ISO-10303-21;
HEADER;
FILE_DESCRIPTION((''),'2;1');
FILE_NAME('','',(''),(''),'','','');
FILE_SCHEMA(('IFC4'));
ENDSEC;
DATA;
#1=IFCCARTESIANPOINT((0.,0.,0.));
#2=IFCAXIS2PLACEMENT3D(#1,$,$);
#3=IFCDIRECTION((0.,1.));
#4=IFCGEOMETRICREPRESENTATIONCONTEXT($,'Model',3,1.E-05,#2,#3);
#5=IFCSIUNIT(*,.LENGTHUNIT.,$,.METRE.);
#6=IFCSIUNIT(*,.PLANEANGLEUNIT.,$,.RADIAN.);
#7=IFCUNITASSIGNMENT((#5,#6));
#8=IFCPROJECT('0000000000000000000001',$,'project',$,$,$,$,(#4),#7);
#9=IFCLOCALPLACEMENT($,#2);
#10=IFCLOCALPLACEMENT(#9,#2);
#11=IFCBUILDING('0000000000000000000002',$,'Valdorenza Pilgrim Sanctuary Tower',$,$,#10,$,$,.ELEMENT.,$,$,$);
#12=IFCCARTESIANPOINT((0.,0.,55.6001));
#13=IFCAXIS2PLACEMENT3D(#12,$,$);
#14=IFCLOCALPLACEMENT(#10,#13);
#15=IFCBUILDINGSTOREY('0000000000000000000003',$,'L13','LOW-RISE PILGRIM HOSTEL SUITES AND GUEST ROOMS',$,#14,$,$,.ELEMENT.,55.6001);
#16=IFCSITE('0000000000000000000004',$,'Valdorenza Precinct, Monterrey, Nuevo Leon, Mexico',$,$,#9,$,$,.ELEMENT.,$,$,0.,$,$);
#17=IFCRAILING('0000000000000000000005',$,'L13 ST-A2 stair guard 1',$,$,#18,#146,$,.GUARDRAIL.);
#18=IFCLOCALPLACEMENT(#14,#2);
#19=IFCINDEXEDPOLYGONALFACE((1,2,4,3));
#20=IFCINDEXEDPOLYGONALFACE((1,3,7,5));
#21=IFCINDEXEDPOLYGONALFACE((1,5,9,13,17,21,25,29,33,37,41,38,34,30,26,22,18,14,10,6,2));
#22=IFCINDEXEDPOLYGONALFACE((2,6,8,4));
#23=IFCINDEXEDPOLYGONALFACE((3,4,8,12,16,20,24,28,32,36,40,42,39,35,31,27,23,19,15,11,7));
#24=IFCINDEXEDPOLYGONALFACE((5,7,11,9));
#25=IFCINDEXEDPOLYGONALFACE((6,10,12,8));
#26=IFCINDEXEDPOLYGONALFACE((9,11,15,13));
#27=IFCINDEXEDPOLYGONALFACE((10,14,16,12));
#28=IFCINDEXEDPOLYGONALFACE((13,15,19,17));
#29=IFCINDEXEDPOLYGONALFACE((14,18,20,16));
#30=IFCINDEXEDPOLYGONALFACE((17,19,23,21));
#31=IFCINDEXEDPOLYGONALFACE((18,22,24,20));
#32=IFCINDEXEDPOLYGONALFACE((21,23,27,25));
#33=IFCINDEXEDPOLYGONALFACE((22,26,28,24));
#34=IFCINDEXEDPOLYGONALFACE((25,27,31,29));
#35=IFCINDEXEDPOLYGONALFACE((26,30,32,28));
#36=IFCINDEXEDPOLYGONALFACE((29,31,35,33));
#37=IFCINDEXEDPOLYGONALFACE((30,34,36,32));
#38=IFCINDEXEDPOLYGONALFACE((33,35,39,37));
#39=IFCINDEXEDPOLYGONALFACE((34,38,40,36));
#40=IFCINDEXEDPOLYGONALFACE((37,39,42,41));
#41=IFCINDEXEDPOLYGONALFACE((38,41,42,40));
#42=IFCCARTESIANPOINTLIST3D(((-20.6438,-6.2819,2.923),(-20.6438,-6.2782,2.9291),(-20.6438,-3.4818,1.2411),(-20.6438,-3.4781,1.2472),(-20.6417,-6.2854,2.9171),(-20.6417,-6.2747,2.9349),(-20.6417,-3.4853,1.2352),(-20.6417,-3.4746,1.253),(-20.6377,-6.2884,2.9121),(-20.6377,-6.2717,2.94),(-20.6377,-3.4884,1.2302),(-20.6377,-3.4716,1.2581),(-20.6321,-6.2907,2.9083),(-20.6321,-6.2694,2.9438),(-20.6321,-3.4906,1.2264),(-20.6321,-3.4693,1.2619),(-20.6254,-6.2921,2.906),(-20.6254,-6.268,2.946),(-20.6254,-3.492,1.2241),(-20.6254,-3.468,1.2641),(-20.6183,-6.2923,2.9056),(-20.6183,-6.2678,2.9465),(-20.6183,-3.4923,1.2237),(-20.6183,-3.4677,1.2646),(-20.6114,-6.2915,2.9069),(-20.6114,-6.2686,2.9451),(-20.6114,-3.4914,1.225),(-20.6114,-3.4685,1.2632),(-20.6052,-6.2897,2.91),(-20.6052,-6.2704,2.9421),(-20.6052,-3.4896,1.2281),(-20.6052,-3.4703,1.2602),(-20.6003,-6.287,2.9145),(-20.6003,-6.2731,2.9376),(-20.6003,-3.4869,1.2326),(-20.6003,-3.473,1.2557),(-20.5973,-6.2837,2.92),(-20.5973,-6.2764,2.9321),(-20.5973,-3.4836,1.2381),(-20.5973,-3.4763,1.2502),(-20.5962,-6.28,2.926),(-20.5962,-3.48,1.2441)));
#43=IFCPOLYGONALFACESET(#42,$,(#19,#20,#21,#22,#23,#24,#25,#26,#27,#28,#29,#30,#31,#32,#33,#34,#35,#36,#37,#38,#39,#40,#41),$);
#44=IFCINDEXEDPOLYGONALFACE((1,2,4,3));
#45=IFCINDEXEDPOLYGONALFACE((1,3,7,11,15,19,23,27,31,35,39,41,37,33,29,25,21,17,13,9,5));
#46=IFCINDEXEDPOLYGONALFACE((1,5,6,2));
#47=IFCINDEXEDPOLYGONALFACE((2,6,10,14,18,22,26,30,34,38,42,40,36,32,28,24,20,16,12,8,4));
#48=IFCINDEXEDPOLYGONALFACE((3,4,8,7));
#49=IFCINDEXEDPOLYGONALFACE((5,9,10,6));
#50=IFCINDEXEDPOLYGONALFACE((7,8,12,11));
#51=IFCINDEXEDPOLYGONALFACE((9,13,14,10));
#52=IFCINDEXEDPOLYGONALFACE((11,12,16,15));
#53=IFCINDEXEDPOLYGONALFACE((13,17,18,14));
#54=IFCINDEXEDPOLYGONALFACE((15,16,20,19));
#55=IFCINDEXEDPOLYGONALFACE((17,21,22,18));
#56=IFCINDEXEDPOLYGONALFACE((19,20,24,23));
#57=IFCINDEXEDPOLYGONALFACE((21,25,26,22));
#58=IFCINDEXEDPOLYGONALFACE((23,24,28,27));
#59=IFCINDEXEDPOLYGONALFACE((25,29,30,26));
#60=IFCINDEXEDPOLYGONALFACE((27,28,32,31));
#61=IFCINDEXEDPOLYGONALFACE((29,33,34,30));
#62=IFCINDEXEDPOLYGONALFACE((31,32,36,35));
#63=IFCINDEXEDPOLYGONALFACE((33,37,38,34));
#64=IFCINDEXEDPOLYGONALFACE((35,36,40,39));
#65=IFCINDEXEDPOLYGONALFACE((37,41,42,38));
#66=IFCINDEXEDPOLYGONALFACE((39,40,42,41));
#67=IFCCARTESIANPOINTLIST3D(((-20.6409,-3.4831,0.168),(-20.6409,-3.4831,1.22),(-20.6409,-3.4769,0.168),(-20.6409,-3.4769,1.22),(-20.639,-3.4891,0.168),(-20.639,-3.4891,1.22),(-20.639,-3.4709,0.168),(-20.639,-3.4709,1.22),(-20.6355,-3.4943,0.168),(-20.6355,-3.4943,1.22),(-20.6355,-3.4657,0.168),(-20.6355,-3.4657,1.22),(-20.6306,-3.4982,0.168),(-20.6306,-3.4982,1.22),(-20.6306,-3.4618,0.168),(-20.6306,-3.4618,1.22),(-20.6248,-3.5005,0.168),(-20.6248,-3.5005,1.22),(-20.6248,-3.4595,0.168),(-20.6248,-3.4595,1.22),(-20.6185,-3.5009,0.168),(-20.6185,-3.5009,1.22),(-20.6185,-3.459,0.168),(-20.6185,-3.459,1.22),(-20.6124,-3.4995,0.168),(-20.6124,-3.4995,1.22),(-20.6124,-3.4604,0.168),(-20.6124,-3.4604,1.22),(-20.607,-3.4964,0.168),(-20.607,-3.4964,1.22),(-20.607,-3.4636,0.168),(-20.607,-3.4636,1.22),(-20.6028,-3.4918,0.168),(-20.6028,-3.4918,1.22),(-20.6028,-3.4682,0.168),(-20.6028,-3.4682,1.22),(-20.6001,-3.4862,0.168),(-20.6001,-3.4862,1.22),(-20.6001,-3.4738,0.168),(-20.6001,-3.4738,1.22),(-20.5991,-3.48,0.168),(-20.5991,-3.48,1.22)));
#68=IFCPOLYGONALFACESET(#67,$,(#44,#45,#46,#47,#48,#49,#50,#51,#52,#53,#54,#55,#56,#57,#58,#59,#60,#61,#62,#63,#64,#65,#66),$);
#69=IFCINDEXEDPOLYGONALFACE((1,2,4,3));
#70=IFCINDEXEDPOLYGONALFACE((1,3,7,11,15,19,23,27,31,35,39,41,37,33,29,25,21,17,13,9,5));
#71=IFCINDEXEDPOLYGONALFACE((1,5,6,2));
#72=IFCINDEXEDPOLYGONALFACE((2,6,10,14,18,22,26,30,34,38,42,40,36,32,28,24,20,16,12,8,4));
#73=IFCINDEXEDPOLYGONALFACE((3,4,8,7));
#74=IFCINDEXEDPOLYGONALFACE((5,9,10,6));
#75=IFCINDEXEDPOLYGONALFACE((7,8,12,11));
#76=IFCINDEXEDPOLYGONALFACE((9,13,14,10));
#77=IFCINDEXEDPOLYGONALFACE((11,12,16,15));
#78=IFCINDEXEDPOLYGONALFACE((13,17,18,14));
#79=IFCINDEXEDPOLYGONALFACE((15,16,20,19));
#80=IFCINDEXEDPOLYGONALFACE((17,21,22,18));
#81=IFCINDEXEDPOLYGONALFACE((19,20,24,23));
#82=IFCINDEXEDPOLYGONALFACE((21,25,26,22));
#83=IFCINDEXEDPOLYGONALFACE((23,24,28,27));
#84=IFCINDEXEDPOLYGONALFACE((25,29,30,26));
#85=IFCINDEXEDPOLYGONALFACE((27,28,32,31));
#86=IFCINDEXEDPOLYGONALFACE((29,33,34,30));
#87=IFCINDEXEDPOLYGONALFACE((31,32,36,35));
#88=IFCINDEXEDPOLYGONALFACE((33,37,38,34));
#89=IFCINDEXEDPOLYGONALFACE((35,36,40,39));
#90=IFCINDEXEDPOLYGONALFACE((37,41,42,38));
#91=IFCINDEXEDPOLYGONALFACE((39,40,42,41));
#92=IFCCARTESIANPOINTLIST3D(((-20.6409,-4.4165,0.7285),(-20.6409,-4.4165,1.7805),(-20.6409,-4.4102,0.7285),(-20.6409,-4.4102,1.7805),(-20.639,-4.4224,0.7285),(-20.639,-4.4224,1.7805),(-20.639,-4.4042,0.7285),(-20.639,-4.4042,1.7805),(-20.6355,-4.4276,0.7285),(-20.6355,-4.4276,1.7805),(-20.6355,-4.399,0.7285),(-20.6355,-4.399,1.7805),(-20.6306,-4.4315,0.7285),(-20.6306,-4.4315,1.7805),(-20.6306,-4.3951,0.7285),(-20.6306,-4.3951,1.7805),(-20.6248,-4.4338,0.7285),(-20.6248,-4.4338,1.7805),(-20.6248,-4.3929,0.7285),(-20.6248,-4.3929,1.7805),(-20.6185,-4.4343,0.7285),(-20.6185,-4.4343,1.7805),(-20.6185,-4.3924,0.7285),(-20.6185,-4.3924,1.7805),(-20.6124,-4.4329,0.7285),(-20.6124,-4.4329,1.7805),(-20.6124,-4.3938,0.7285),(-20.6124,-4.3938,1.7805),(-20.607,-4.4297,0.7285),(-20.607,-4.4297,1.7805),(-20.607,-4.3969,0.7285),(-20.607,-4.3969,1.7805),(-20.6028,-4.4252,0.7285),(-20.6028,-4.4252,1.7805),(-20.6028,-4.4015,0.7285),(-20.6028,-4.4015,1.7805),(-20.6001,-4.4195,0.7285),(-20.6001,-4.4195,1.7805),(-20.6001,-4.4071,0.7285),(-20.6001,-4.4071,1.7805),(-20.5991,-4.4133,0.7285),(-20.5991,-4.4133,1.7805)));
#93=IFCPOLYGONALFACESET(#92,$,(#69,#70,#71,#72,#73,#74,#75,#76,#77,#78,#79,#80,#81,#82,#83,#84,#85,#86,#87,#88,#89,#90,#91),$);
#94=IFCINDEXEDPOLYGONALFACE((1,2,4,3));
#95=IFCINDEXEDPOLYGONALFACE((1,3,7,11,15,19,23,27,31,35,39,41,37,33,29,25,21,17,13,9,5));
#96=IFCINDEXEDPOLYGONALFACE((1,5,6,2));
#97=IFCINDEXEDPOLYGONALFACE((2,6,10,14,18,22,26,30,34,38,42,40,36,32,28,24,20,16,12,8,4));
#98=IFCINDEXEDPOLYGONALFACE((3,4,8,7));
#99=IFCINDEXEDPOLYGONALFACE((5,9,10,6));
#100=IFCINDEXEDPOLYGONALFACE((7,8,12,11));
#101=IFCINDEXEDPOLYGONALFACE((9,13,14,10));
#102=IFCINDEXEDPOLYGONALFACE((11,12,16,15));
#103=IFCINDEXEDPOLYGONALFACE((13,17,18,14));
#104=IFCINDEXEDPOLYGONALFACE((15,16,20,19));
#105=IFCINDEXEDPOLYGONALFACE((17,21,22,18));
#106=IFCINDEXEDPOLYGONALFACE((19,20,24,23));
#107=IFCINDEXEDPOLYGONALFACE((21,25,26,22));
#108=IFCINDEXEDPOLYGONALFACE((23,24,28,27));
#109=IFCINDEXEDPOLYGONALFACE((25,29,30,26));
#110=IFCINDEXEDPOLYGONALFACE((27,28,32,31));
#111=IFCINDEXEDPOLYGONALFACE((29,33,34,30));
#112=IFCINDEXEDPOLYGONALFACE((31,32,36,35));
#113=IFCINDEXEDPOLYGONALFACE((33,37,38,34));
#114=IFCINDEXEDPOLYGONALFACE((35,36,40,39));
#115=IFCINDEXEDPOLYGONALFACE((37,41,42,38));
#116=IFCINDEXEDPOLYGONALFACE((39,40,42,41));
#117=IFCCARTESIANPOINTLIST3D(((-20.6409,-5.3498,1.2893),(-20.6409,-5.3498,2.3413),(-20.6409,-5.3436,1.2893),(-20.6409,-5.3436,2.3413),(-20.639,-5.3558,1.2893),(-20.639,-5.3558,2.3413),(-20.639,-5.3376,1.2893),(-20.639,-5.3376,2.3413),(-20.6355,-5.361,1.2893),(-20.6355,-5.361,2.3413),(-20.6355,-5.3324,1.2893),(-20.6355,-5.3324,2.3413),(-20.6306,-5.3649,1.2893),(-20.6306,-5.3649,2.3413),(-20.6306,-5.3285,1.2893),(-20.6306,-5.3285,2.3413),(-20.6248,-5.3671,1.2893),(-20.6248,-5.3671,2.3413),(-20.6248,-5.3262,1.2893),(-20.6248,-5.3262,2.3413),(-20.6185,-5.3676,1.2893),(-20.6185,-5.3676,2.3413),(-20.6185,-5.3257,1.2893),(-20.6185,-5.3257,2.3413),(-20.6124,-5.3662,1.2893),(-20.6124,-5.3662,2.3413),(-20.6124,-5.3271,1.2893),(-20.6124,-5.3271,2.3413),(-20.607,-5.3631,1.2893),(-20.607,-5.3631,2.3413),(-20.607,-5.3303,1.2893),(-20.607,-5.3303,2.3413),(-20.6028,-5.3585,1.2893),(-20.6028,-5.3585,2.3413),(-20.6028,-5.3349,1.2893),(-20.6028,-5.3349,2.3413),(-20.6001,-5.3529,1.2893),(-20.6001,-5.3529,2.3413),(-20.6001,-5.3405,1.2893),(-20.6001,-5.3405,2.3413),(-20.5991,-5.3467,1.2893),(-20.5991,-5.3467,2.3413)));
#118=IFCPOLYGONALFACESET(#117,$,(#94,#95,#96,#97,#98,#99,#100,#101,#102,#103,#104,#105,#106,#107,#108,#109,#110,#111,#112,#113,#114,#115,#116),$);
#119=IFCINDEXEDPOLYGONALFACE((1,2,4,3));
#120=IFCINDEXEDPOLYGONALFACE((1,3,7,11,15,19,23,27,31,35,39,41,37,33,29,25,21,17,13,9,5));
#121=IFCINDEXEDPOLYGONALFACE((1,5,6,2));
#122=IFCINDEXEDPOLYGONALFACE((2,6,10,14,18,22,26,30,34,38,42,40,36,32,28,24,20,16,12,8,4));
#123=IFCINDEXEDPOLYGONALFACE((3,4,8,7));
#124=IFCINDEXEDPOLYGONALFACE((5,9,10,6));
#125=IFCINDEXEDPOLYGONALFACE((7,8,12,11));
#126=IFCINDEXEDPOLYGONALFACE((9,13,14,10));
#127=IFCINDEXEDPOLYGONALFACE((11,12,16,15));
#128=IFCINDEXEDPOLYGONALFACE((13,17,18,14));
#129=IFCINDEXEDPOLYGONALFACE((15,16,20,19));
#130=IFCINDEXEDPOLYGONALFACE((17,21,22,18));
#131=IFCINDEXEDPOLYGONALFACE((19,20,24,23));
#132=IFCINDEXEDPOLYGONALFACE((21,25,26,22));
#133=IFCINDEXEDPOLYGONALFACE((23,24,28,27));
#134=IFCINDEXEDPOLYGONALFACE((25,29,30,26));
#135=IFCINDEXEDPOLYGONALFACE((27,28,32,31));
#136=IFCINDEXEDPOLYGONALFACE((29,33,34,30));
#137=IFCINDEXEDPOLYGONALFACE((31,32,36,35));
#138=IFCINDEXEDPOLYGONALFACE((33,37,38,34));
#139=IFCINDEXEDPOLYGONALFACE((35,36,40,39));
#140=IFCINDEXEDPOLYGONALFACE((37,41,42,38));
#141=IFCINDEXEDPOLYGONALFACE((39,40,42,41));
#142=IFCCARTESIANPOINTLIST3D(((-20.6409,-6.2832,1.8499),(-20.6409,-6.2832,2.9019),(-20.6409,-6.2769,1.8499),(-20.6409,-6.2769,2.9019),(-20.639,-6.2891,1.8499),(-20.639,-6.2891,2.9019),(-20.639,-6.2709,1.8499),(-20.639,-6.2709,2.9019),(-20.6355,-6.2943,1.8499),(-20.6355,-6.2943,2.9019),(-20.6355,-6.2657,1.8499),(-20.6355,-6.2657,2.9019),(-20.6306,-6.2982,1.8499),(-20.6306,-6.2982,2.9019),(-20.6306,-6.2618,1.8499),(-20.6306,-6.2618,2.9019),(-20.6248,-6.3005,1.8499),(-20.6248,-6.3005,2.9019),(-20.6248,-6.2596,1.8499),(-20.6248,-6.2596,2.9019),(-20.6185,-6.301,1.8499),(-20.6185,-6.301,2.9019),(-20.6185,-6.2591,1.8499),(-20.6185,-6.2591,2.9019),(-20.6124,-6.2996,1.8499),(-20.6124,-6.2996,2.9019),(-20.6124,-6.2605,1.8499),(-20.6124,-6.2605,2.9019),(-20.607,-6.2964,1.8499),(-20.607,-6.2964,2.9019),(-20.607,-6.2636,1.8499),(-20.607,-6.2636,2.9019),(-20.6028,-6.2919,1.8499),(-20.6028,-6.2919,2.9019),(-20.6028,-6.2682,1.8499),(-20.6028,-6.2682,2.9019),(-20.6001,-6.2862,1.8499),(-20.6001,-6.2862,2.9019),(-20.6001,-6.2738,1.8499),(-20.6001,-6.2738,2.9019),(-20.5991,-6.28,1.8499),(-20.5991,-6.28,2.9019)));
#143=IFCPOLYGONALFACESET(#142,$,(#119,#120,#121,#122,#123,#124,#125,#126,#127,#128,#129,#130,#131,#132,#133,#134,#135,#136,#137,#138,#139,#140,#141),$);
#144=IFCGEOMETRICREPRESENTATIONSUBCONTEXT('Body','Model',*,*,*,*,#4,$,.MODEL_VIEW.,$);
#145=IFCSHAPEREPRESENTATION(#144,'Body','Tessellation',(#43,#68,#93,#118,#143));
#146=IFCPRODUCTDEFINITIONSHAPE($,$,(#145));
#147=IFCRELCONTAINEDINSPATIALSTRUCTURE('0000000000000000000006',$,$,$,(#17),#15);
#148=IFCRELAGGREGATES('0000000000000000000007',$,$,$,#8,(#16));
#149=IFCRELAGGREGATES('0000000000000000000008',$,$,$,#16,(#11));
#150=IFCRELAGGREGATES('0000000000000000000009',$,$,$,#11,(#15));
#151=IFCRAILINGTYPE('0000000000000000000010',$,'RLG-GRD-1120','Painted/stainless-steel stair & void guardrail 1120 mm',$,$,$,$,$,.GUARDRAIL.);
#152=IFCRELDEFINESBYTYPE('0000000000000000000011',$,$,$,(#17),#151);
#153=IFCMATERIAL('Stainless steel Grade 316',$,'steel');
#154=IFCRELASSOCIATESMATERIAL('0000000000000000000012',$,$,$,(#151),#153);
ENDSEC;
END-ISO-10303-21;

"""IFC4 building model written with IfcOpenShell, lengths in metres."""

from ifc_helpers import new_model, si_unit, direction, frame, origin, origin_2d, place, context, subcontext, project, spatial, circle, extrude, material, type_object, element, save


model = new_model("IFC4")

# Units and contexts
model_context = context("Model", 3, precision=1e-05, world=origin(), true_north=direction((0.0, 1.0)))
body_context = subcontext(model_context, "Body", "Model", "MODEL_VIEW")
ifc_project = project(units=[si_unit("LENGTHUNIT", "METRE"), si_unit("PLANEANGLEUNIT", "RADIAN")], contexts=[model_context])

# Site, building, storey
site_placement = place(None, origin())
site = spatial("IfcSite", under=ifc_project, at=site_placement, Name="Valdorenza Precinct, Monterrey, Nuevo Leon, Mexico", CompositionType="ELEMENT", RefElevation=0.0)
building_placement = place(site_placement, origin())
building = spatial("IfcBuilding", under=site, at=building_placement, Name="Valdorenza Pilgrim Sanctuary Tower", CompositionType="ELEMENT")
storey_placement = place(building_placement, frame((0.0, 0.0, 55.6001)))
storey = spatial("IfcBuildingStorey", under=building, at=storey_placement, Name="L13", Description="LOW-RISE PILGRIM HOSTEL SUITES AND GUEST ROOMS", CompositionType="ELEMENT", Elevation=55.6001)

# Railing
ifc_material_1 = material(Name="Stainless steel Grade 316", Category="steel")
railing_type_1 = type_object("IfcRailingType", Name="RLG-GRD-1120", Description="Painted/stainless-steel stair & void guardrail 1120 mm", PredefinedType="GUARDRAIL", material=ifc_material_1)
railing_1_placement = place(storey_placement, frame((-20.6201, -3.48, 0.168)))
element("IfcRailing", 1, at=railing_1_placement, inside=storey, type_object=railing_type_1, Name="L13 ST-A2 stair guard 1", PredefinedType="GUARDRAIL", context=body_context, shape_type="SweptSolid", body=[
    extrude(circle(Radius=0.0239, at=origin_2d()), frame((0.0, 0.0, 1.0762), z_axis=(0.0, -0.857242, 0.514913), x_axis=(1.0, 0.0, 0.0)), (0.0, 0.0, 1.0), 3.2664),
    extrude(circle(Radius=0.021, at=origin_2d()), origin(), (0.0, 0.0, 1.0), 1.052),
    extrude(circle(Radius=0.021, at=origin_2d()), frame((0.0, -0.9333, 0.5605)), (0.0, 0.0, 1.0), 1.052),
    extrude(circle(Radius=0.021, at=origin_2d()), frame((0.0, -1.8667, 1.1213)), (0.0, 0.0, 1.0), 1.052),
    extrude(circle(Radius=0.021, at=origin_2d()), frame((0.0, -2.8, 1.6819)), (0.0, 0.0, 1.0), 1.052),
])

save(model, "model.ifc")
